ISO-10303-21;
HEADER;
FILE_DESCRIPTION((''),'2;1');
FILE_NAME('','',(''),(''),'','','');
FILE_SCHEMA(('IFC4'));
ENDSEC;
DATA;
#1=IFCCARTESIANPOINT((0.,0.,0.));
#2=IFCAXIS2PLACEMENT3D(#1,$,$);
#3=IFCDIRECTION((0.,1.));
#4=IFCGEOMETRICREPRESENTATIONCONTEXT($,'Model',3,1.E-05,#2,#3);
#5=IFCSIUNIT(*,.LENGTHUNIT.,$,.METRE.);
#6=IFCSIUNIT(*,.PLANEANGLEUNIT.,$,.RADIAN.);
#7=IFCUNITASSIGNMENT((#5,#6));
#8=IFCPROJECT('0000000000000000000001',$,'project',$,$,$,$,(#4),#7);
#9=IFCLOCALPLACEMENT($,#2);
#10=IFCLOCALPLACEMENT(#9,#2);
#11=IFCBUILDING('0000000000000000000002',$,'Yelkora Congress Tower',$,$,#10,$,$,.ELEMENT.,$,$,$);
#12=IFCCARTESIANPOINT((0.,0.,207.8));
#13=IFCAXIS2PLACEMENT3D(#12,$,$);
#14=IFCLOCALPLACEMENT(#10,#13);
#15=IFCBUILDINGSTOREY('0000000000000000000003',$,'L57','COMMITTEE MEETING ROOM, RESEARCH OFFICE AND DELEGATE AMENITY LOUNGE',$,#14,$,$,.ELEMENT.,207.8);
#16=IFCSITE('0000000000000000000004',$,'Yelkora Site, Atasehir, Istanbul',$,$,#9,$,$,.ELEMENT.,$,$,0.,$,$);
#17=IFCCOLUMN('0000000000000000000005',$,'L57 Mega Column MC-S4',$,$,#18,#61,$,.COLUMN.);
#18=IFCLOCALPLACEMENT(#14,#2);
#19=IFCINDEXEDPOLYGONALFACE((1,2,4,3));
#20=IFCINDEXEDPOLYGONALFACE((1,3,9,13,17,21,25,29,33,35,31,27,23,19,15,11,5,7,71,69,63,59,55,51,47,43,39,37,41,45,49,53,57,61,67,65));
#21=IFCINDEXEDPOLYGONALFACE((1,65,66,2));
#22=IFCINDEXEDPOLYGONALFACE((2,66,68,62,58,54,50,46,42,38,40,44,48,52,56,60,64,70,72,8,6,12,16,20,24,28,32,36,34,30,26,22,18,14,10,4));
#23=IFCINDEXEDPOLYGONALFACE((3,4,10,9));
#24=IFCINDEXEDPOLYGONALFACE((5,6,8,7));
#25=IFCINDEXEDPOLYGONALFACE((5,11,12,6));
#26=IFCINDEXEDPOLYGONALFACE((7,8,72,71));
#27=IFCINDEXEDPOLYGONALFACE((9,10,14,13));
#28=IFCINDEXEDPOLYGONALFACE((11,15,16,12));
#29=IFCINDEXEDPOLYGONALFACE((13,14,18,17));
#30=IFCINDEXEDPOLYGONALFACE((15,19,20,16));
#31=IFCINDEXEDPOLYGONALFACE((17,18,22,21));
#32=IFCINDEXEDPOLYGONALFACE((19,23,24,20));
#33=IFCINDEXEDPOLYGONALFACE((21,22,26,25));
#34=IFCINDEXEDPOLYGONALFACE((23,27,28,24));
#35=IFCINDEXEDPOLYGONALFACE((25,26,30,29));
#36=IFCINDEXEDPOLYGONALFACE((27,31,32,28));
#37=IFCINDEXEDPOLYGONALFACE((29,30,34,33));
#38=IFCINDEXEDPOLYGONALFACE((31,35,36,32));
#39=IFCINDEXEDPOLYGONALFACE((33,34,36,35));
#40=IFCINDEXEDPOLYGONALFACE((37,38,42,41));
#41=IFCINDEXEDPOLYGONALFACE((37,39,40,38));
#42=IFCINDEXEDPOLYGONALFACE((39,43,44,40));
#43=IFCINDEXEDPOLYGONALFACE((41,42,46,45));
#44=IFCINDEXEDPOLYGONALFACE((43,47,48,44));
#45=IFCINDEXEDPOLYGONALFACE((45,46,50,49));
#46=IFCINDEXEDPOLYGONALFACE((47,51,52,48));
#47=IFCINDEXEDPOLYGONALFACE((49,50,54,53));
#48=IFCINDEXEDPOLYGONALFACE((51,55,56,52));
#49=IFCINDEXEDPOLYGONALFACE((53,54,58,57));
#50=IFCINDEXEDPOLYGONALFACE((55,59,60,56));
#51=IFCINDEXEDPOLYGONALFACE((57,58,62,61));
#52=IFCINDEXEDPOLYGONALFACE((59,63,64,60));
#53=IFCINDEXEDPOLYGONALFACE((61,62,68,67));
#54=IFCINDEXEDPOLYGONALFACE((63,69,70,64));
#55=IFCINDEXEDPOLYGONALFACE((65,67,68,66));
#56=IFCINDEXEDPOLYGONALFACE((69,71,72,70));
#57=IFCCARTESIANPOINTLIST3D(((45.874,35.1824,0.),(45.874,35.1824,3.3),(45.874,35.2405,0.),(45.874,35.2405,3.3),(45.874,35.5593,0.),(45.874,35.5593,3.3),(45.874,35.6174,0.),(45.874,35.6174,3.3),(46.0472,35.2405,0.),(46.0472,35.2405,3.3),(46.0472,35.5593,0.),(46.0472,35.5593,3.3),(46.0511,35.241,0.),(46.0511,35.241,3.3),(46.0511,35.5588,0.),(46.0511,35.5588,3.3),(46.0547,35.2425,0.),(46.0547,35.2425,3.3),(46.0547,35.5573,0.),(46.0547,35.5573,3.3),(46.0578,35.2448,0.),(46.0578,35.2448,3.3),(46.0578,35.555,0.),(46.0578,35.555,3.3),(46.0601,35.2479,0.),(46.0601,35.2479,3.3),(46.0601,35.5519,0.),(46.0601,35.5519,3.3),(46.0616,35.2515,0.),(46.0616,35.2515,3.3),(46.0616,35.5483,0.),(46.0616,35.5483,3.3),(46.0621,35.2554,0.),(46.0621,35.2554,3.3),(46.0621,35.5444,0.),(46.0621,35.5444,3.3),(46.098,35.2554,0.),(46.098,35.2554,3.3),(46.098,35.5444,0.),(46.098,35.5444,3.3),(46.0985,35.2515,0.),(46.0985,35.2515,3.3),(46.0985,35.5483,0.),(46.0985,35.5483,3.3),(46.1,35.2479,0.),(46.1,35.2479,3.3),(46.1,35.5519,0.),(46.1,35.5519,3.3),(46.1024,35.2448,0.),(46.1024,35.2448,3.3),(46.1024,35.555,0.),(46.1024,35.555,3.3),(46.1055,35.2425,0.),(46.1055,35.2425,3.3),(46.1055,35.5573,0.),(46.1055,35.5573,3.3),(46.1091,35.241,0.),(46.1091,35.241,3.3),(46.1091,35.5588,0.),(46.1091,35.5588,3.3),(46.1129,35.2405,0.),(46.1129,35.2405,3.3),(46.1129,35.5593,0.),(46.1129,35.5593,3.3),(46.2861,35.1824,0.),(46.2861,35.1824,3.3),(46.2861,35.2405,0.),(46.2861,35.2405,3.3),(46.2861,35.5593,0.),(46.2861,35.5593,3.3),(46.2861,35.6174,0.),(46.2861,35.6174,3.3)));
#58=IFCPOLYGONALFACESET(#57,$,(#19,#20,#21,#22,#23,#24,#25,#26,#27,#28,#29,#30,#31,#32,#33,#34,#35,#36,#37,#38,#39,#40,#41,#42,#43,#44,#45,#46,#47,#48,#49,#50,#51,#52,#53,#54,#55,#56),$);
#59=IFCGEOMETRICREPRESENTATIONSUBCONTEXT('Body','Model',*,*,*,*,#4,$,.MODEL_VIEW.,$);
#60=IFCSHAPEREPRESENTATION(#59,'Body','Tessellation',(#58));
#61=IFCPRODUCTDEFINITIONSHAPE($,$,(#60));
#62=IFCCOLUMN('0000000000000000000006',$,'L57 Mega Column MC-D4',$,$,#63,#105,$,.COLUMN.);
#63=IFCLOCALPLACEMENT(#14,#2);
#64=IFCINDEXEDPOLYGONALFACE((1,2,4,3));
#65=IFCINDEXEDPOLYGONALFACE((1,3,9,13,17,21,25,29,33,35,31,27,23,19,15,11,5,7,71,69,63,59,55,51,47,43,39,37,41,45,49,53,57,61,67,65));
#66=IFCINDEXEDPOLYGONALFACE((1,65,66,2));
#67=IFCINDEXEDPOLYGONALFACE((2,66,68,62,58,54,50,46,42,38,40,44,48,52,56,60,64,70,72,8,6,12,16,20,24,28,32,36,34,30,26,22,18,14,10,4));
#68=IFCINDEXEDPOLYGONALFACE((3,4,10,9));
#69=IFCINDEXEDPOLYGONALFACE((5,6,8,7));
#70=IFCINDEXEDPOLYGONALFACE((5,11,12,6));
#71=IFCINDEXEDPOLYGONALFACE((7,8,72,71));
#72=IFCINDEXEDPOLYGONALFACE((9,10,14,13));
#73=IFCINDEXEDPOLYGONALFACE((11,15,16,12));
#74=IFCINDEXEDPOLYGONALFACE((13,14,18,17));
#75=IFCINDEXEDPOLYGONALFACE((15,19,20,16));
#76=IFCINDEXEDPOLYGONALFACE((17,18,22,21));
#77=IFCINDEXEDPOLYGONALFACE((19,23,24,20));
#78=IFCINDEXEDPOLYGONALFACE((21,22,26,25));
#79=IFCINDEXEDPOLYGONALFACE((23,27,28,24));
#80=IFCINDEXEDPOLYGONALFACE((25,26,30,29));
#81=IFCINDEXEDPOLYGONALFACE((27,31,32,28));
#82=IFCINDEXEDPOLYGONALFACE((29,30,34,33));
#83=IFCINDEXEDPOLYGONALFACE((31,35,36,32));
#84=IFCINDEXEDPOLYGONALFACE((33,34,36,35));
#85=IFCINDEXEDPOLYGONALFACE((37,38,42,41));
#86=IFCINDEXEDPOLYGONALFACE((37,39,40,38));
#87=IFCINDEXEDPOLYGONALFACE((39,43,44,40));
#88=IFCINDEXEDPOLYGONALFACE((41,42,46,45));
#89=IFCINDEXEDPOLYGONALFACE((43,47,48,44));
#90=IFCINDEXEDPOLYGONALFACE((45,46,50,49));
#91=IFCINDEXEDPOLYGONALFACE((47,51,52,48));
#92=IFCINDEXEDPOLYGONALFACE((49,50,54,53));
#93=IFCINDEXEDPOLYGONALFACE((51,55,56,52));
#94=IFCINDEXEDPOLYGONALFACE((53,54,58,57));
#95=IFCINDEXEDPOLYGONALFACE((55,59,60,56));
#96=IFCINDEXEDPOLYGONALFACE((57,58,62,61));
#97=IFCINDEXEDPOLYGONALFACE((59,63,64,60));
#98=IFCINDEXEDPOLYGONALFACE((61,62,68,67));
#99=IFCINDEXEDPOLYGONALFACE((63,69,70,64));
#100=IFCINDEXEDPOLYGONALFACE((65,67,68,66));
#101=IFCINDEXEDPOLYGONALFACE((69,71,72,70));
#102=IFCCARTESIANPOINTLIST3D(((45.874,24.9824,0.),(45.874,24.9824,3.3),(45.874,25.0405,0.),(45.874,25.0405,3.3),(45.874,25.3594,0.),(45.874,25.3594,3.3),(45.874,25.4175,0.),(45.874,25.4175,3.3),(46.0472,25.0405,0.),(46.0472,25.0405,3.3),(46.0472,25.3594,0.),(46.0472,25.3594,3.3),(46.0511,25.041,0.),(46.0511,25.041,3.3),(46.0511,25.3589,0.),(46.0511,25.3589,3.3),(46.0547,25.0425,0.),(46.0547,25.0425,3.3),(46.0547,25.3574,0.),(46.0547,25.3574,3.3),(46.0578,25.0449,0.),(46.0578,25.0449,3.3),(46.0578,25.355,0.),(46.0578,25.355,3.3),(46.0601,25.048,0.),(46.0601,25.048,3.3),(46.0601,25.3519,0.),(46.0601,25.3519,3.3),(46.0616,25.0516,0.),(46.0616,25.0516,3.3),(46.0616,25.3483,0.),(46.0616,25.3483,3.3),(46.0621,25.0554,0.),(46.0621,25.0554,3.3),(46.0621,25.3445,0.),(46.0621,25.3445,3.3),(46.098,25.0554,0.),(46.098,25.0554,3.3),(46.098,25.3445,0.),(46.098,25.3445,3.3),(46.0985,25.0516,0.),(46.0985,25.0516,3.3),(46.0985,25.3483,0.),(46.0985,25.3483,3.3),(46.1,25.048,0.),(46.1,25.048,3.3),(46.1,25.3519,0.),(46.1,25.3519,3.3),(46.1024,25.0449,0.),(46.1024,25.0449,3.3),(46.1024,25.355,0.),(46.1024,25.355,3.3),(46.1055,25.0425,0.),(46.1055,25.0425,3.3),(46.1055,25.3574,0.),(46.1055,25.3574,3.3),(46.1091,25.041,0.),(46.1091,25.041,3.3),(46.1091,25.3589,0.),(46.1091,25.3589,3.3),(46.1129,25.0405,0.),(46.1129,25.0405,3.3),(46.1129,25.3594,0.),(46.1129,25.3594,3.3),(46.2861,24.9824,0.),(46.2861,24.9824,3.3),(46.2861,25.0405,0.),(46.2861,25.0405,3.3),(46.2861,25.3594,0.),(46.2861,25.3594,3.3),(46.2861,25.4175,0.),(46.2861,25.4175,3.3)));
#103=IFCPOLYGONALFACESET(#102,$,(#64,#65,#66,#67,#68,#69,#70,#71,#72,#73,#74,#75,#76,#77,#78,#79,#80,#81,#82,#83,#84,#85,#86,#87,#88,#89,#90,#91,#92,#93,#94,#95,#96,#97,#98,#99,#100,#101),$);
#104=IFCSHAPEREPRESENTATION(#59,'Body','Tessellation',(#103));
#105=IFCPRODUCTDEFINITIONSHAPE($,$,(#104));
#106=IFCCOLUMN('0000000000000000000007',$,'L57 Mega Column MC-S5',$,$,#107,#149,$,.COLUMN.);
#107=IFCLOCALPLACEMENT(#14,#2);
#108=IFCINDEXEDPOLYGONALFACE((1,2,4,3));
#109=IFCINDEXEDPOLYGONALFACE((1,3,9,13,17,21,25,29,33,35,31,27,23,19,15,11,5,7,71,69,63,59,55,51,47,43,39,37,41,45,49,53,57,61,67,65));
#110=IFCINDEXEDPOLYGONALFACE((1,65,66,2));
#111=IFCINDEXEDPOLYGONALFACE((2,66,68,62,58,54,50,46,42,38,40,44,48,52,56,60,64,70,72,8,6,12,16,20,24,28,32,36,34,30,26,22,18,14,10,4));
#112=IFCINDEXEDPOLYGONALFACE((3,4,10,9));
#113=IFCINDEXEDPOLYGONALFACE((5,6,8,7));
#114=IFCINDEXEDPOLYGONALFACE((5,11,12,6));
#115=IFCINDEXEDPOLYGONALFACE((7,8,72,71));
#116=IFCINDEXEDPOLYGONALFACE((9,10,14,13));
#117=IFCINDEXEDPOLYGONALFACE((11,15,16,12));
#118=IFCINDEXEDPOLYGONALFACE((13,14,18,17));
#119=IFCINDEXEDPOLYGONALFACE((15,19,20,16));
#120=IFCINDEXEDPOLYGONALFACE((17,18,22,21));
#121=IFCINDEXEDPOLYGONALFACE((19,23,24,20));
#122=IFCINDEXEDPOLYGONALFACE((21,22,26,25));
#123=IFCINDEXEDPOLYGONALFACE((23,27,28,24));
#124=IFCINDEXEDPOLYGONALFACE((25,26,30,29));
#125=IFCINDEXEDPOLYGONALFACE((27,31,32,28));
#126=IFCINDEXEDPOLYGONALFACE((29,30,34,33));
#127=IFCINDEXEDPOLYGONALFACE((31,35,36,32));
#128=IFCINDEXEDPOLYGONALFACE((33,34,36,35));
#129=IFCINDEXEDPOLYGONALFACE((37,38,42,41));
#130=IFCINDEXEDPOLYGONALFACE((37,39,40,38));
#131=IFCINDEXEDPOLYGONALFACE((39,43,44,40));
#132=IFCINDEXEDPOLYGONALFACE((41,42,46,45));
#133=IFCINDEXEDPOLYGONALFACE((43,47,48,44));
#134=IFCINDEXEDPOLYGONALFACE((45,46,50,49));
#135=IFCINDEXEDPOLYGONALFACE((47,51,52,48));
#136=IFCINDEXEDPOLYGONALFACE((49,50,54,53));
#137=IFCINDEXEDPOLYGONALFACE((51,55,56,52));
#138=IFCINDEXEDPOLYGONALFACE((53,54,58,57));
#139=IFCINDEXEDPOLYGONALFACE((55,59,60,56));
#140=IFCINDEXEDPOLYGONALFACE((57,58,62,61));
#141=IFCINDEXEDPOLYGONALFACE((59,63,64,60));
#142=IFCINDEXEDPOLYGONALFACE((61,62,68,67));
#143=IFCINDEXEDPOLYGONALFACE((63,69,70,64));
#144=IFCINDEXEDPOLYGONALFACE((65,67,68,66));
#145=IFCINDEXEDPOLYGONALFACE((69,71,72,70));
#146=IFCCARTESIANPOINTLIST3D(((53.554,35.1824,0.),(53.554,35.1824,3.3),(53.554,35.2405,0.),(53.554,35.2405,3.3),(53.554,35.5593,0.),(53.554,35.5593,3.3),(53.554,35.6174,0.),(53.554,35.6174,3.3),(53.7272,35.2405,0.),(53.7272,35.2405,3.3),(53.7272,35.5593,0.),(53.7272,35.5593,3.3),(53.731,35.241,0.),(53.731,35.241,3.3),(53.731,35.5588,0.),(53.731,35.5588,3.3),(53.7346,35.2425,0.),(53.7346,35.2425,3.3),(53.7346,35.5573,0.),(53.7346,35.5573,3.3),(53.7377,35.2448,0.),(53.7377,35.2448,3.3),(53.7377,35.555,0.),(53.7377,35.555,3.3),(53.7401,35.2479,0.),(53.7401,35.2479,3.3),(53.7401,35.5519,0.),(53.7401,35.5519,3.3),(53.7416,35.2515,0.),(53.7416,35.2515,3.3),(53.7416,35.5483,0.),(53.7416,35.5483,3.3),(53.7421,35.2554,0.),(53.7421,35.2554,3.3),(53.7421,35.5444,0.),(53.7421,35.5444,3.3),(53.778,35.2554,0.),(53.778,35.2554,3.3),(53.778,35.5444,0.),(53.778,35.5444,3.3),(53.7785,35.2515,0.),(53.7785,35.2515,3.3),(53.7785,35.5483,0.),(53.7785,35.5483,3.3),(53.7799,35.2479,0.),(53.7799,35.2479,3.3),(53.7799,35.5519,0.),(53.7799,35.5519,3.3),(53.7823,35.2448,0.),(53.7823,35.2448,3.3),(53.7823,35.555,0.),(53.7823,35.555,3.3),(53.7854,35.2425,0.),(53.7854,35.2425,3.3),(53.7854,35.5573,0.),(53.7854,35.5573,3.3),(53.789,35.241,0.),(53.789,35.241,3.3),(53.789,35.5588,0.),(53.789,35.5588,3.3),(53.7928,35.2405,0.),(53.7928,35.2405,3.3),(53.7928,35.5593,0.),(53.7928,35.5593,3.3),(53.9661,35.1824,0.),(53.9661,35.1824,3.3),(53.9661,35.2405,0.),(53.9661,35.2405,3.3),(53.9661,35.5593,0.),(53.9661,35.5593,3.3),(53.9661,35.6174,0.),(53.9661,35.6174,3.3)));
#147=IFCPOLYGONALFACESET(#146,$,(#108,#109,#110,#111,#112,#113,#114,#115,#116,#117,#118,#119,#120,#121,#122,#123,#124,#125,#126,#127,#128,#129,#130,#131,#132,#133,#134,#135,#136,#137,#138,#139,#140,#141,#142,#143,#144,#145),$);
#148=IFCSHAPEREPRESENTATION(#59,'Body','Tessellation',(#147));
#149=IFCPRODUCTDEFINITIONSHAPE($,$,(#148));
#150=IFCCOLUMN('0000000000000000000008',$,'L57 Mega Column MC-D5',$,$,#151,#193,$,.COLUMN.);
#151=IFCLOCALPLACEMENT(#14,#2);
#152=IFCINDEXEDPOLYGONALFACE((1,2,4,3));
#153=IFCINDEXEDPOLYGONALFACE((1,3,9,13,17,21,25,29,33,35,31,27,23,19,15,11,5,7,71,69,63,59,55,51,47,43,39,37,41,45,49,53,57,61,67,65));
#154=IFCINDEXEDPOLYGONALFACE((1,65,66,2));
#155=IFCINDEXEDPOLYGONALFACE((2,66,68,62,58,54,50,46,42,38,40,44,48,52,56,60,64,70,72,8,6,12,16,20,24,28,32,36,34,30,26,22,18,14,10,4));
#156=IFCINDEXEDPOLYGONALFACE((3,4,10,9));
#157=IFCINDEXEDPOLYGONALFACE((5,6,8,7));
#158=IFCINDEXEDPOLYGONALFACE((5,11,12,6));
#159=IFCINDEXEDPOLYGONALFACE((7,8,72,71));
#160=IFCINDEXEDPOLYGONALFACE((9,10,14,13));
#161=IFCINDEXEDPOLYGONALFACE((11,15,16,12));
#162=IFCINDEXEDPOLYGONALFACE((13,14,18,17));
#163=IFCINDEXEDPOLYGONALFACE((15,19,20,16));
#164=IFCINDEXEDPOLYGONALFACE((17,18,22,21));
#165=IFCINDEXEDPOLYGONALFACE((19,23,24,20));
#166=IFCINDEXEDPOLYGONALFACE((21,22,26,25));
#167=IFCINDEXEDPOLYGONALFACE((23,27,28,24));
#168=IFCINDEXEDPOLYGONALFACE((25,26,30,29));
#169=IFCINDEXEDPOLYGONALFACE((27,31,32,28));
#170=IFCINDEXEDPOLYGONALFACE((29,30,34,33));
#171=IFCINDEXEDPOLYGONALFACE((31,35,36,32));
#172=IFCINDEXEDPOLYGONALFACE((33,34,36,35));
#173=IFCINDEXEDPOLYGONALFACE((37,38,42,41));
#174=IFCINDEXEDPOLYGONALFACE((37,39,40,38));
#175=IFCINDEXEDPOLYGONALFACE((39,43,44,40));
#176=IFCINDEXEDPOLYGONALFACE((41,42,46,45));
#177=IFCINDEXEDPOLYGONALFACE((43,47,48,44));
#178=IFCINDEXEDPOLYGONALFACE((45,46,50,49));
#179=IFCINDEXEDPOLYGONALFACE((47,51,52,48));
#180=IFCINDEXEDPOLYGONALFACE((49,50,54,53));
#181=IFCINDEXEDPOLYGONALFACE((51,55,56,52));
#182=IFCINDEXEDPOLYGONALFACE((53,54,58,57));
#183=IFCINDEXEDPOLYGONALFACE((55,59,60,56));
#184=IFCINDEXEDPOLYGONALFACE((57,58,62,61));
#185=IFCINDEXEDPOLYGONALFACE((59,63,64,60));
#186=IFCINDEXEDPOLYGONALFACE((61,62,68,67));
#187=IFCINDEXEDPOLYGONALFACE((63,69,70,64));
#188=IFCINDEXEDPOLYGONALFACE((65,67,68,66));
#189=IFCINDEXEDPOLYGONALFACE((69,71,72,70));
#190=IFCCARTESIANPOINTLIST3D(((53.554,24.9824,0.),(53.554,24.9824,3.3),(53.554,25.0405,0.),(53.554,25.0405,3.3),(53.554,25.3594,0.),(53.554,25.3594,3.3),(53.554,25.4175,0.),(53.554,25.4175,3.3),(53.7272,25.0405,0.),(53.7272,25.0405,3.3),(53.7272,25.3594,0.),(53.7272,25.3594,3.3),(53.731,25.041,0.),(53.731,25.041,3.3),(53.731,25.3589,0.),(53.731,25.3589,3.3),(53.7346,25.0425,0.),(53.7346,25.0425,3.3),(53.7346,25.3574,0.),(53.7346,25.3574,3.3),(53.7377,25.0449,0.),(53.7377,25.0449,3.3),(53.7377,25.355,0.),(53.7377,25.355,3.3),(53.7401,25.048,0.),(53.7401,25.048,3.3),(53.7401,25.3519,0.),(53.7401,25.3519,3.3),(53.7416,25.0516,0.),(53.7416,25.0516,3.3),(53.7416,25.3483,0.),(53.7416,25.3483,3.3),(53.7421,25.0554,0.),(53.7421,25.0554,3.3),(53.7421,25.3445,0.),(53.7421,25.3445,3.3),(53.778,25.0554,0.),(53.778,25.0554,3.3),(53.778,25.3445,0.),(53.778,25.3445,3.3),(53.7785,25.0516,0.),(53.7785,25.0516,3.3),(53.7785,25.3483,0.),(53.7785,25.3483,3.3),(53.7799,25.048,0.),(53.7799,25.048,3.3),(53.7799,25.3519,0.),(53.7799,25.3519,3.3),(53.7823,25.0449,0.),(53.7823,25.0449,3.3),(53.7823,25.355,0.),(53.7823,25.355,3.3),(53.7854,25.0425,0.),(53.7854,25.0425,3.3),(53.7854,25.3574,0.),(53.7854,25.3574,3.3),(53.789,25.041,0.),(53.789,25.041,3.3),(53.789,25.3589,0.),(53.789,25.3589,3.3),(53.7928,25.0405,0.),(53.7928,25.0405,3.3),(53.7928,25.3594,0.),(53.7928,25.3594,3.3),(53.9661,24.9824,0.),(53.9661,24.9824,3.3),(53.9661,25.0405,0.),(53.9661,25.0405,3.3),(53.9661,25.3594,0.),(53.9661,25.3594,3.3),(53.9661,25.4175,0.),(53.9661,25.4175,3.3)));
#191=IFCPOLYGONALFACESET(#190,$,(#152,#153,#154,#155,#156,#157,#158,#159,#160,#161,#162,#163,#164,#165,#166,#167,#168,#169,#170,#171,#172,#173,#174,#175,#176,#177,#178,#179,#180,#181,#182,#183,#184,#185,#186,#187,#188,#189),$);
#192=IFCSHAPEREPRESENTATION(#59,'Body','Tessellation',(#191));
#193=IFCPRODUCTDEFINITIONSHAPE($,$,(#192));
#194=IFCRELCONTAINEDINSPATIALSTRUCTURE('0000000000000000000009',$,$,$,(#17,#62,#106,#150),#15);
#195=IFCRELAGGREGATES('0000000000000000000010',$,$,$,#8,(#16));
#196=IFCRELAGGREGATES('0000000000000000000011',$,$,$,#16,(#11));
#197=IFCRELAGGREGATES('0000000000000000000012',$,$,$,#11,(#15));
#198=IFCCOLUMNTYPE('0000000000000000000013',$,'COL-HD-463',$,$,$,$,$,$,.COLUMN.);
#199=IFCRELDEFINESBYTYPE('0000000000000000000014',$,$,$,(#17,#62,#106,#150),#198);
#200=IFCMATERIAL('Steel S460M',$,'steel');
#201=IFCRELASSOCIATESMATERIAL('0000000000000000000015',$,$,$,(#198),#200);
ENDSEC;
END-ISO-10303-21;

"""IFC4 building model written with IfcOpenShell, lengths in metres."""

from ifc_helpers import new_model, si_unit, direction, frame, origin, origin_2d, place, context, subcontext, project, spatial, i_section, extrude, material, material_profile, profile_set, type_object, element, save


model = new_model("IFC4")

# Units and contexts
model_context = context("Model", 3, precision=1e-05, world=origin(), true_north=direction((0.0, 1.0)))
body_context = subcontext(model_context, "Body", "Model", "MODEL_VIEW")
ifc_project = project(units=[si_unit("LENGTHUNIT", "METRE"), si_unit("PLANEANGLEUNIT", "RADIAN")], contexts=[model_context])

# Site, building, storey
site_placement = place(None, origin())
site = spatial("IfcSite", under=ifc_project, at=site_placement, Name="Yelkora Site, Atasehir, Istanbul", CompositionType="ELEMENT", RefElevation=0.0)
building_placement = place(site_placement, origin())
building = spatial("IfcBuilding", under=site, at=building_placement, Name="Yelkora Congress Tower", CompositionType="ELEMENT")
storey_placement = place(building_placement, frame((0.0, 0.0, 207.8)))
storey = spatial("IfcBuildingStorey", under=building, at=storey_placement, Name="L57", Description="COMMITTEE MEETING ROOM, RESEARCH OFFICE AND DELEGATE AMENITY LOUNGE", CompositionType="ELEMENT", Elevation=207.8)

# Columns
ifc_material_1 = material(Name="Steel S460M", Category="steel")
ifc_material_profile_1 = material_profile(ifc_material_1, i_section(OverallWidth=0.4121, OverallDepth=0.4351, WebThickness=0.0359, FlangeThickness=0.0581, FilletRadius=0.0149, at=origin_2d()), Name="HD 400x463")
ifc_profile_set_1 = profile_set([ifc_material_profile_1], Name="Steel S460M")
column_type = type_object("IfcColumnType", Name="COL-HD-463", PredefinedType="COLUMN", material=ifc_profile_set_1)
for number, where, z_axis, x_axis, name in (
    (1, (46.0801, 35.3999, 0.0), (0.0, 0.0, 1.0), (1.0, 0.0, 0.0), "L57 Mega Column MC-S4"),
    (2, (46.0801, 25.2, 0.0), (0.0, 0.0, 1.0), (1.0, 0.0, 0.0), "L57 Mega Column MC-D4"),
    (3, (53.76, 35.3999, 0.0), (0.0, 0.0, 1.0), (1.0, 0.0, 0.0), "L57 Mega Column MC-S5"),
    (4, (53.76, 25.2, 0.0), (0.0, 0.0, 1.0), (1.0, 0.0, 0.0), "L57 Mega Column MC-D5"),
):
    element("IfcColumn", number, at=place(storey_placement, frame(where, z_axis=z_axis, x_axis=x_axis)), inside=storey, type_object=column_type, Name=name, PredefinedType="COLUMN", context=body_context, shape_type="SweptSolid", body=[
        extrude(i_section(OverallWidth=0.4121, OverallDepth=0.4351, WebThickness=0.0359, FlangeThickness=0.0581, FilletRadius=0.0149, at=origin_2d()), origin(), (0.0, 0.0, 1.0), 3.3),
    ])

save(model, "model.ifc")
